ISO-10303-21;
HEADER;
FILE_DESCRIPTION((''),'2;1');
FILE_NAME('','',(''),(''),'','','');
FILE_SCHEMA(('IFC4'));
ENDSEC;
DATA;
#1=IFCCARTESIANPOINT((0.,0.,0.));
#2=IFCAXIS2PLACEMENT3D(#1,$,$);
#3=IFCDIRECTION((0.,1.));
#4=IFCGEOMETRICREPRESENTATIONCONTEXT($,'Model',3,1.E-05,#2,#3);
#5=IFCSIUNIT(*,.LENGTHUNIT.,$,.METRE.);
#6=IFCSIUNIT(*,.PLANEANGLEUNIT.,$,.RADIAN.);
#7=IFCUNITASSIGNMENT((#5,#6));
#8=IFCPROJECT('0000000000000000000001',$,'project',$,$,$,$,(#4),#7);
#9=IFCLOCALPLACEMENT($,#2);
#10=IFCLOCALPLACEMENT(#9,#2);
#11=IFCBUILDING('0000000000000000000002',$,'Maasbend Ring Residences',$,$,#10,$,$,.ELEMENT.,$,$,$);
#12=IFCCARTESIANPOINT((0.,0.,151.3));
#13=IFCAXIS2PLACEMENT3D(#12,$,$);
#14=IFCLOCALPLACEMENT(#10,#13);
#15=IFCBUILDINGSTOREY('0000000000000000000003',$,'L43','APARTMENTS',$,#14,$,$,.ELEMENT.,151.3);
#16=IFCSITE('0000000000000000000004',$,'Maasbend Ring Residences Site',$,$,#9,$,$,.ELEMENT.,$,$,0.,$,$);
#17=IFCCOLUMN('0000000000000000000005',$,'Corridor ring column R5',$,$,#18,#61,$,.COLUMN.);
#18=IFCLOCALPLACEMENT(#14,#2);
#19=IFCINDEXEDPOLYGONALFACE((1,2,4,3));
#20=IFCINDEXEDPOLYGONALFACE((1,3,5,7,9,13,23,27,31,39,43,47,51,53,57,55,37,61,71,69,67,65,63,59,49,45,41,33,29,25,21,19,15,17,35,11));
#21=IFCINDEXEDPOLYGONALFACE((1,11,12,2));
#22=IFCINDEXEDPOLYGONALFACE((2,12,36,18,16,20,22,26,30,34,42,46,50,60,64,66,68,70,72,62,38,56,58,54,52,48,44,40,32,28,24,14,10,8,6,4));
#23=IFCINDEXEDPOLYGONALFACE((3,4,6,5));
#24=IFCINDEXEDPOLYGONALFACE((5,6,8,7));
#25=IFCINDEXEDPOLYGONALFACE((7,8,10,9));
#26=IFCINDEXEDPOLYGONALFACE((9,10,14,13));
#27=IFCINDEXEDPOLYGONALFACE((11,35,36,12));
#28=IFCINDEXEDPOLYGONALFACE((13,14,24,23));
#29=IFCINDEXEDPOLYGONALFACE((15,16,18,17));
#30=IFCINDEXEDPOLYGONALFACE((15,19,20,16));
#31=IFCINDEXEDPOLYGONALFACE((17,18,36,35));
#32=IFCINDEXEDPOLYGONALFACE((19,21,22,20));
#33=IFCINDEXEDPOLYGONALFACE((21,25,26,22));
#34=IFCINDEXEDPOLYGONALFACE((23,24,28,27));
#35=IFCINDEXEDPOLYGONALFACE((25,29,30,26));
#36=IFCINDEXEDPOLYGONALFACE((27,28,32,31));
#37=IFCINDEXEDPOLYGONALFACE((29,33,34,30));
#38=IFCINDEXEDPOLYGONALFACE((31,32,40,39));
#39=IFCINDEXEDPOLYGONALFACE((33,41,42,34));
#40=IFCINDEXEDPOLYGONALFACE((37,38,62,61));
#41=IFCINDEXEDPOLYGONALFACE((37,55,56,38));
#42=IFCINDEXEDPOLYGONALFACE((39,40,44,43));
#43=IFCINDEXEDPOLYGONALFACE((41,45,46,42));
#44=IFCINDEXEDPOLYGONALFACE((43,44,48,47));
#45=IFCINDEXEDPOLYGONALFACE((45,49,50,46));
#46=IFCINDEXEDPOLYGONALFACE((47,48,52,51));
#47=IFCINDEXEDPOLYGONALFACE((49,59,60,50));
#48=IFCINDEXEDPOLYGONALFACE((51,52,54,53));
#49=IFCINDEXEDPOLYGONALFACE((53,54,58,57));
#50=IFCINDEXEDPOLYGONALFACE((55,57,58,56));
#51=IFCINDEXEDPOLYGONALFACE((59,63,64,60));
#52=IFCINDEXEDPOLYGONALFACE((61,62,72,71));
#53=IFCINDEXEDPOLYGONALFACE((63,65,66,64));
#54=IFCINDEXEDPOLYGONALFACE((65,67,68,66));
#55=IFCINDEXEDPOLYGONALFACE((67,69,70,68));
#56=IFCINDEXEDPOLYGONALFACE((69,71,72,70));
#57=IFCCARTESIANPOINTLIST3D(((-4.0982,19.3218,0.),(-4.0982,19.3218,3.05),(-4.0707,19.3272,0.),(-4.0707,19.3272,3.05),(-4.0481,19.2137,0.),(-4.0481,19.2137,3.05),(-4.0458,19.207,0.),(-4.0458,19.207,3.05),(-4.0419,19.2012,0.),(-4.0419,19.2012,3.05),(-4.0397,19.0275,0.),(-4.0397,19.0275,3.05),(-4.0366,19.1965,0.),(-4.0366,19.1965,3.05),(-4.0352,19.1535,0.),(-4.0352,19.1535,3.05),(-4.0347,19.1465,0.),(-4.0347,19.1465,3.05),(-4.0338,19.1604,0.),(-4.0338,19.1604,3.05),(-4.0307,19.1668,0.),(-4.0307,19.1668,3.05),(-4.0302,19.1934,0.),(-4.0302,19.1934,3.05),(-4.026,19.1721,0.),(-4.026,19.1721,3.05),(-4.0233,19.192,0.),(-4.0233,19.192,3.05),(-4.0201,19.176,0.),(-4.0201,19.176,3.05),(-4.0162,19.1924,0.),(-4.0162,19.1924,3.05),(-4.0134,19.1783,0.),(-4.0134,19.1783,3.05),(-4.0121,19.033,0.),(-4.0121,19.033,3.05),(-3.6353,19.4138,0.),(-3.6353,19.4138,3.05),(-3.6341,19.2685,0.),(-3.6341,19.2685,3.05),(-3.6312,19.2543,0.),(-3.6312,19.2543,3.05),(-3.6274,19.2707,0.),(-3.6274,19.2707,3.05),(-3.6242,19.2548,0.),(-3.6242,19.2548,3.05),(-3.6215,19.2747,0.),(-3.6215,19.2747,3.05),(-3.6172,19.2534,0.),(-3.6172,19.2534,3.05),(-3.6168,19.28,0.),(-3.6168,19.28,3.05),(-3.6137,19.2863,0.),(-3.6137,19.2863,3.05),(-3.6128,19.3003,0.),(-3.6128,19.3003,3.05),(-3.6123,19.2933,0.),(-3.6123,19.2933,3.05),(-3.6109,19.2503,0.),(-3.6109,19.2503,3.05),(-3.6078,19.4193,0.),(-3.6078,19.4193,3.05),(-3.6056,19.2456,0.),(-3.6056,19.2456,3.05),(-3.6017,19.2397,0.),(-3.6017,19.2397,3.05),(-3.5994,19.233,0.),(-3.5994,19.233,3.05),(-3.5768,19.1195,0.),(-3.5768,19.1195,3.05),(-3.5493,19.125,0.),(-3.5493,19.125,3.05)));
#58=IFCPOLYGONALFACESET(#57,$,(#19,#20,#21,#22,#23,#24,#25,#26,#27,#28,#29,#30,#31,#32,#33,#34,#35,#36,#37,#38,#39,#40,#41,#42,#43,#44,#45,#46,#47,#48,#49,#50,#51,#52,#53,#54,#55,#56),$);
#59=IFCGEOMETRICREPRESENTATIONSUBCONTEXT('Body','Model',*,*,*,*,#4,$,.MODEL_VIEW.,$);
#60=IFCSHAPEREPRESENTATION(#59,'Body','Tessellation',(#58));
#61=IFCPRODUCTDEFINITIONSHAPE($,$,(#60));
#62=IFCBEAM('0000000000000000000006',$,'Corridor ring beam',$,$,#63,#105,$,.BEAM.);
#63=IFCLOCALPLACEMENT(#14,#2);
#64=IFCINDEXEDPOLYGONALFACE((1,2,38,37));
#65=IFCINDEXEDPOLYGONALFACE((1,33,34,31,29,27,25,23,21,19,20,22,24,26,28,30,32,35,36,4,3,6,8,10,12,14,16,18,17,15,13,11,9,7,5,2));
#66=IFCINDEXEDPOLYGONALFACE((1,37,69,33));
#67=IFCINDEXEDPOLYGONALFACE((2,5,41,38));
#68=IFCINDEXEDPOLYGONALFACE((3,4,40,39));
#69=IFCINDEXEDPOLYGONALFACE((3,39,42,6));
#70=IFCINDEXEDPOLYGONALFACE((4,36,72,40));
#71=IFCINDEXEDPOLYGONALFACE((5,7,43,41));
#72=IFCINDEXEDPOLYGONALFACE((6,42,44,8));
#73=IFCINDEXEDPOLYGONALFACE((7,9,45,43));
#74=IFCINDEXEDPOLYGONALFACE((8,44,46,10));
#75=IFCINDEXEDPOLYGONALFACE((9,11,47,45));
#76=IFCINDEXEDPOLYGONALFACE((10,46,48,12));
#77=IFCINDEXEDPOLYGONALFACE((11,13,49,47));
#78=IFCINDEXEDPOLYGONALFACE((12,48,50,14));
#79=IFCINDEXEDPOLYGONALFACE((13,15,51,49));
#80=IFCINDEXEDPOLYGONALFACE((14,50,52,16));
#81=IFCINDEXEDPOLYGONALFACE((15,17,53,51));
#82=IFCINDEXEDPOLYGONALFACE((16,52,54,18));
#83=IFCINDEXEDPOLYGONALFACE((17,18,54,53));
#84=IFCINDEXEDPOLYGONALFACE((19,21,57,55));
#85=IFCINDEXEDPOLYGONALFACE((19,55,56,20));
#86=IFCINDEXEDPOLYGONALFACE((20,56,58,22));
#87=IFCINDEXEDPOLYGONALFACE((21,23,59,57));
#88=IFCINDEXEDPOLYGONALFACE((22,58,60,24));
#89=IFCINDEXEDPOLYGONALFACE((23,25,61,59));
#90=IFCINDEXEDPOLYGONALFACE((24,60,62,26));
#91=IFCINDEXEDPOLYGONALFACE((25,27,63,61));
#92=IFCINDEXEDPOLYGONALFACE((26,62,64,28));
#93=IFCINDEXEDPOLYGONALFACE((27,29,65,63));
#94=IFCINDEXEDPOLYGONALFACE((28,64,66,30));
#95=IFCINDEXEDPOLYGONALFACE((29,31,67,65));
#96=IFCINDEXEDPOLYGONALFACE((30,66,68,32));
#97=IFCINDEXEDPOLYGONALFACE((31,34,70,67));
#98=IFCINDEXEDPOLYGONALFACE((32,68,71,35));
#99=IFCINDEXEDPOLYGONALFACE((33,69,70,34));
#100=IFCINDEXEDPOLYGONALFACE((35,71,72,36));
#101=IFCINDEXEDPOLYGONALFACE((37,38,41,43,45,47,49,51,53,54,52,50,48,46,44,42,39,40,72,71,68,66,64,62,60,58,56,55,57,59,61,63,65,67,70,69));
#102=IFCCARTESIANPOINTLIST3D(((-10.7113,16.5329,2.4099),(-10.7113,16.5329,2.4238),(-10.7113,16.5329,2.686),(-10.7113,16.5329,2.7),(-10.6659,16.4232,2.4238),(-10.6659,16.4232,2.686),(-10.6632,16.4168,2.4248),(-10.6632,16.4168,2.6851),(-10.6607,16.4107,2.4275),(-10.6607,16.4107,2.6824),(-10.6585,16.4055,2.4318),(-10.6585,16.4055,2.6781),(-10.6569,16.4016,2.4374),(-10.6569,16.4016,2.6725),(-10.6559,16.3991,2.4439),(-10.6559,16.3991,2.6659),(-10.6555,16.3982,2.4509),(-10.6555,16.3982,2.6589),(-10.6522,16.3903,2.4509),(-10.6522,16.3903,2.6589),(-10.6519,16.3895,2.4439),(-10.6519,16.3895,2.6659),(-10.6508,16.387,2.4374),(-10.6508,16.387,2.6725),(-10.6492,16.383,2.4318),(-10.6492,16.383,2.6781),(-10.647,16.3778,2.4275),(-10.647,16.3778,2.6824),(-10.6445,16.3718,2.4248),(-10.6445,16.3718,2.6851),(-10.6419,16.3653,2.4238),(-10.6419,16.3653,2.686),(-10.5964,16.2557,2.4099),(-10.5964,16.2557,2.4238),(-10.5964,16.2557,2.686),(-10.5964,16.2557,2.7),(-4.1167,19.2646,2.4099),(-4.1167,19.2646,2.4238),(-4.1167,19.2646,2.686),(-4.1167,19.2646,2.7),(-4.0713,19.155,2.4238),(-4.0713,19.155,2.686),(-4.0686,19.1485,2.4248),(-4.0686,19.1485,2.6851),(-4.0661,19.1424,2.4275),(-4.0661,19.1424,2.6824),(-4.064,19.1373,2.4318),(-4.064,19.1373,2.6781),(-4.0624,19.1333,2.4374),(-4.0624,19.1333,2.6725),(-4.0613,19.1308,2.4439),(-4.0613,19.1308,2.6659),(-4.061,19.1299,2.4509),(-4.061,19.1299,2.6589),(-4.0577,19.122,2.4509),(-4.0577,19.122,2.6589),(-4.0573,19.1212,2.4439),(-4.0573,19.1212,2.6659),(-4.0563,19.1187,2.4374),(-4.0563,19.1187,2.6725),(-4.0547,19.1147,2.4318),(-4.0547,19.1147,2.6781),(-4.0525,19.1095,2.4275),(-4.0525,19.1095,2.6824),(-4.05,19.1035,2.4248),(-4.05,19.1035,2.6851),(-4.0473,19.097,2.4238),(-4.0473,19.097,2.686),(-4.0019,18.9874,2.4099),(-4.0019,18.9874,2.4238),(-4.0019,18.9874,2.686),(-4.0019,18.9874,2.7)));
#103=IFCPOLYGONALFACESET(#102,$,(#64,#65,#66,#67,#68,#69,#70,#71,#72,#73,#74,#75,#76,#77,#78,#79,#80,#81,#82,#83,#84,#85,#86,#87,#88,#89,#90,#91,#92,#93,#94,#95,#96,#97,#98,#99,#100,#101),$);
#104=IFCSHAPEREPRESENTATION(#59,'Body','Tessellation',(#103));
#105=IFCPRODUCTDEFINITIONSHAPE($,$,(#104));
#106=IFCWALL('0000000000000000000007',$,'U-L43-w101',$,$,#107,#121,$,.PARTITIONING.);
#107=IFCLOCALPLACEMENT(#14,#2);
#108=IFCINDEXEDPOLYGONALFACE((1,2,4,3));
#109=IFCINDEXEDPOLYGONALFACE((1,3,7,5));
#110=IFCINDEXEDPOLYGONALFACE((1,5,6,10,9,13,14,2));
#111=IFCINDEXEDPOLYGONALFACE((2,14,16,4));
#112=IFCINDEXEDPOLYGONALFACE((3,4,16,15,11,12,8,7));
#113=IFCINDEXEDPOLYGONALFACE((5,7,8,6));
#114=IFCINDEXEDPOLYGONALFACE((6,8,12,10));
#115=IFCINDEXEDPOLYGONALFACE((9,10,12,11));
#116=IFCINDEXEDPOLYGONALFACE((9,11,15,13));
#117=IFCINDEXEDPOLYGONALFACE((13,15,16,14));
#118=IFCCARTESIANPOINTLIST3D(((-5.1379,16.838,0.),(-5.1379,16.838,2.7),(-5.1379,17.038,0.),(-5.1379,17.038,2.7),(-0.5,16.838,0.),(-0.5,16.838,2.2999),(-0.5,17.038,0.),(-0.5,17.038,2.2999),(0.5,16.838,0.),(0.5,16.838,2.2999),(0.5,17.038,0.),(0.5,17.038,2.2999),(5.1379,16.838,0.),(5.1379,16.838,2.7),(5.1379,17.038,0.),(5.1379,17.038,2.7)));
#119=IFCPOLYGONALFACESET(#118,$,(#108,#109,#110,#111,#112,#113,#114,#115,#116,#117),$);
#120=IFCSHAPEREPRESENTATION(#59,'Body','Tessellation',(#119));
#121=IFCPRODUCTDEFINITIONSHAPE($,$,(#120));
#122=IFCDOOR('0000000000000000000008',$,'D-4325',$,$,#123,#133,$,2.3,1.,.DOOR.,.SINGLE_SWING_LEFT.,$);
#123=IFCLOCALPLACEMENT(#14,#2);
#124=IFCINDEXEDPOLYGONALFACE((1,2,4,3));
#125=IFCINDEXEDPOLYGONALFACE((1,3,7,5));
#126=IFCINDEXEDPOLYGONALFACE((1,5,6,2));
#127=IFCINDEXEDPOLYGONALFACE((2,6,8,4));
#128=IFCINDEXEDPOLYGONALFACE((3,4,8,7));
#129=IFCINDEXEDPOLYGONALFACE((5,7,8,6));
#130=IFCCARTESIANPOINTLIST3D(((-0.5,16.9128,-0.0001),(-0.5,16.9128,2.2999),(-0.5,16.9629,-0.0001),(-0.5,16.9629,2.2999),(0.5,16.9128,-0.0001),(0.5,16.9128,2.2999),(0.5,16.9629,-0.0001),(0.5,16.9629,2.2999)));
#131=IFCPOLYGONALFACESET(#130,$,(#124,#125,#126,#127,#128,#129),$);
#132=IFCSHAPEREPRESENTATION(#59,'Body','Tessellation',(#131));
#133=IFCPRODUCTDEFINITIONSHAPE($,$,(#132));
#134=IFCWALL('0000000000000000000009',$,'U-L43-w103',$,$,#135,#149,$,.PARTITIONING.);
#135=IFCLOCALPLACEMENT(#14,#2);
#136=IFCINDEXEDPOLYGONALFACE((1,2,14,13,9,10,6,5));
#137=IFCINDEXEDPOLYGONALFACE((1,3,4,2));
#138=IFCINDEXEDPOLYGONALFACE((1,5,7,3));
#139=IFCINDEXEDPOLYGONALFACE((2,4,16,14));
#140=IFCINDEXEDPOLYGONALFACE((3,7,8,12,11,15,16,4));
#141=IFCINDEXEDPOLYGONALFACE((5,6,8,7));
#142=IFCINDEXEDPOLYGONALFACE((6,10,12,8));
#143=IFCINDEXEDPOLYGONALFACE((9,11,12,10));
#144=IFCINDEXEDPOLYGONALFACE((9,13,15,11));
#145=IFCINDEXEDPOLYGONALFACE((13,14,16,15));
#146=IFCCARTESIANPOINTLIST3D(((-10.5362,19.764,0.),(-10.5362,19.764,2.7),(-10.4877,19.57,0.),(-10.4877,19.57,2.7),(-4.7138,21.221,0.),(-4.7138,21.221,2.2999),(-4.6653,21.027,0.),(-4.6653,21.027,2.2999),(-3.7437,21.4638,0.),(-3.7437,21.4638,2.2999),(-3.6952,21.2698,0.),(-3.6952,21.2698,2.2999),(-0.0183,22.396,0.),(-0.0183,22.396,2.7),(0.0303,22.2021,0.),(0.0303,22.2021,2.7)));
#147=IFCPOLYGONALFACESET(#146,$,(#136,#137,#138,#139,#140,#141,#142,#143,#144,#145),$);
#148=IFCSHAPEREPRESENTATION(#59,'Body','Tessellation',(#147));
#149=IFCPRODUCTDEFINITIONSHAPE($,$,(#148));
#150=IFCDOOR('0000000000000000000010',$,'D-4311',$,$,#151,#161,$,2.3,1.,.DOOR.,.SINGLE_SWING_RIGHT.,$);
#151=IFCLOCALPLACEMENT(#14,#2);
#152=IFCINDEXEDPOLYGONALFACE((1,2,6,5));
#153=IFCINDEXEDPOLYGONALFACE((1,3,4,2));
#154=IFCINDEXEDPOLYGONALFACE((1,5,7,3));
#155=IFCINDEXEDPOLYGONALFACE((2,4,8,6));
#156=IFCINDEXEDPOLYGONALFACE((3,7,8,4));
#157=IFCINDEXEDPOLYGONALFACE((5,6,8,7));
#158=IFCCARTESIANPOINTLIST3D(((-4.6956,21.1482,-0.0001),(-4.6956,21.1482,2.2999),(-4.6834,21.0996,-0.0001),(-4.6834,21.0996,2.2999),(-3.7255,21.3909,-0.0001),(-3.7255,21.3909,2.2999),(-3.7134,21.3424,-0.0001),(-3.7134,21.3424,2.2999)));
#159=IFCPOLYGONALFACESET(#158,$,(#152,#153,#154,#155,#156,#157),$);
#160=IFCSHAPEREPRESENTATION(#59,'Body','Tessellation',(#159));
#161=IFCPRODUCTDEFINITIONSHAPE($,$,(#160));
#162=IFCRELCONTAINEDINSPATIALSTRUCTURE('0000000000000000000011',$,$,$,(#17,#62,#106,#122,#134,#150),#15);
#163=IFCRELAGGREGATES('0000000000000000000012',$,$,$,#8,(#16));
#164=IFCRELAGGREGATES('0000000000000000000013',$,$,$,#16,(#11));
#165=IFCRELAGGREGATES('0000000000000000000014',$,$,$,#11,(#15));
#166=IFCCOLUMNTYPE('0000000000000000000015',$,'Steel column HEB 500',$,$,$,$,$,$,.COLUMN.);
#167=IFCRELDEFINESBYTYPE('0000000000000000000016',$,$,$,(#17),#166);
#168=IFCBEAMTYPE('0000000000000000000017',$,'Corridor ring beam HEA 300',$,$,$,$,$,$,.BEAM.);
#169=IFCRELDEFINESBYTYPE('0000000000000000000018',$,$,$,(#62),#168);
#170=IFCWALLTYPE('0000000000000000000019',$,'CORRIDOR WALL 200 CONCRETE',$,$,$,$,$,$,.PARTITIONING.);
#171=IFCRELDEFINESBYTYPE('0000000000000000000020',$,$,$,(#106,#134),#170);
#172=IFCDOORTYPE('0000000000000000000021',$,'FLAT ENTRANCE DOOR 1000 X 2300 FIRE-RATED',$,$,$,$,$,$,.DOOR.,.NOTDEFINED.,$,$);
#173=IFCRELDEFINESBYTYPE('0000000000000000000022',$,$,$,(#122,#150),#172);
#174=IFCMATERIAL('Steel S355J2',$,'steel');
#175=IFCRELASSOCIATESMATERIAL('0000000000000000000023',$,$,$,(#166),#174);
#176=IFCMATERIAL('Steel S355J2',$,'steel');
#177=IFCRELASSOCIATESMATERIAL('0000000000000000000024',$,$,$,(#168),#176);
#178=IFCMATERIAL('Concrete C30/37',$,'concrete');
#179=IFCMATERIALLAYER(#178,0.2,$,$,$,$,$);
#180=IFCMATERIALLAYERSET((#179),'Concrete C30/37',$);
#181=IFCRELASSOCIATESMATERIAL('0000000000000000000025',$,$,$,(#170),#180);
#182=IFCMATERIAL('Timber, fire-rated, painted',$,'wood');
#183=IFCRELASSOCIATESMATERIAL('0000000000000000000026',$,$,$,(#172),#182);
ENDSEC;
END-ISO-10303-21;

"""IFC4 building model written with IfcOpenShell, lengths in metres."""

from ifc_helpers import new_model, si_unit, direction, frame, frame_2d, origin, origin_2d, place, context, subcontext, project, spatial, rectangle, i_section, extrude, material, layer, layer_set, material_profile, profile_set, type_object, element, fill, save


model = new_model("IFC4")

# Units and contexts
model_context = context("Model", 3, precision=1e-05, world=origin(), true_north=direction((0.0, 1.0)))
body_context = subcontext(model_context, "Body", "Model", "MODEL_VIEW")
ifc_project = project(units=[si_unit("LENGTHUNIT", "METRE"), si_unit("PLANEANGLEUNIT", "RADIAN")], contexts=[model_context])

# Site, building, storey
site_placement = place(None, origin())
site = spatial("IfcSite", under=ifc_project, at=site_placement, Name="Maasbend Ring Residences Site", CompositionType="ELEMENT", RefElevation=0.0)
building_placement = place(site_placement, origin())
building = spatial("IfcBuilding", under=site, at=building_placement, Name="Maasbend Ring Residences", CompositionType="ELEMENT")
storey_placement = place(building_placement, frame((0.0, 0.0, 151.3)))
storey = spatial("IfcBuildingStorey", under=building, at=storey_placement, Name="L43", Description="APARTMENTS", CompositionType="ELEMENT", Elevation=151.3)

# Column
ifc_material_1 = material(Name="Steel S355J2", Category="steel")
ifc_material_profile_1 = material_profile(ifc_material_1, i_section(OverallWidth=0.3, OverallDepth=0.5, WebThickness=0.0144, FlangeThickness=0.0281, FilletRadius=0.0271, at=origin_2d()), Name="HEB 500")
ifc_profile_set_1 = profile_set([ifc_material_profile_1], Name="Steel S355J2")
column_type = type_object("IfcColumnType", Name="Steel column HEB 500", PredefinedType="COLUMN", material=ifc_profile_set_1)
column_placement = place(storey_placement, frame((-3.8237, 19.2234, 0.0), z_axis=(0.0, 0.0, 1.0), x_axis=(-0.19509, 0.980785, 0.0)))
element("IfcColumn", 1, at=column_placement, inside=storey, type_object=column_type, Name="Corridor ring column R5", PredefinedType="COLUMN", context=body_context, shape_type="SweptSolid", body=[
    extrude(i_section(OverallWidth=0.3, OverallDepth=0.5, WebThickness=0.0144, FlangeThickness=0.0281, FilletRadius=0.0271, at=origin_2d()), origin(), (0.0, 0.0, 1.0), 3.05),
])

# Beam
ifc_material_2 = material(Name="Steel S355J2", Category="steel")
ifc_material_profile_2 = material_profile(ifc_material_2, i_section(OverallWidth=0.3, OverallDepth=0.29, WebThickness=0.0085, FlangeThickness=0.0139, FilletRadius=0.0271, at=origin_2d()), Name="HEA 300")
ifc_profile_set_2 = profile_set([ifc_material_profile_2], Name="Steel S355J2")
beam_type = type_object("IfcBeamType", Name="Corridor ring beam HEA 300", PredefinedType="BEAM", material=ifc_profile_set_2)
beam_placement = place(storey_placement, frame((-4.0593, 19.126, 2.5549), z_axis=(-0.923871, -0.382703, 0.0), x_axis=(0.382703, -0.923871, 0.0)))
element("IfcBeam", 2, at=beam_placement, inside=storey, type_object=beam_type, Name="Corridor ring beam", PredefinedType="BEAM", context=body_context, shape_type="SweptSolid", body=[
    extrude(i_section(OverallWidth=0.3, OverallDepth=0.29, WebThickness=0.0085, FlangeThickness=0.0139, FilletRadius=0.0271, at=origin_2d()), origin(), (0.0, 0.0, 1.0), 7.1379),
])

# Walls, openings, doors
ifc_material_3 = material(Name="Concrete C30/37", Category="concrete")
ifc_layer_1 = layer(ifc_material_3, 0.2)
ifc_layer_set_1 = layer_set([ifc_layer_1], Name="Concrete C30/37")
wall_type_1 = type_object("IfcWallType", Name="CORRIDOR WALL 200 CONCRETE", PredefinedType="PARTITIONING", material=ifc_layer_set_1)
wall_1_placement = place(storey_placement, frame((-5.1379, 16.938, 0.0), z_axis=(0.0, 0.0, 1.0), x_axis=(1.0, 0.0, 0.0)))
wall_1 = element("IfcWall", 3, at=wall_1_placement, inside=storey, type_object=wall_type_1, Name="U-L43-w101", PredefinedType="PARTITIONING", context=body_context, shape_type="SweptSolid", body=[
    extrude(rectangle(XDim=10.2759, YDim=0.2, at=frame_2d((5.1379, 0.0))), origin(), (0.0, 0.0, 1.0), 2.7),
])
opening_1_placement = place(wall_1_placement, frame((4.6379, 0.0, 0.0)))
opening_1 = element("IfcOpeningElement", 4, at=opening_1_placement, cuts=wall_1, PredefinedType="OPENING", context=body_context, shape_type="SweptSolid", body=[
    extrude(rectangle(XDim=1.0, YDim=2.3, at=frame_2d((0.5, 1.1499))), frame((0.0, 0.1099, 0.0), z_axis=(0.0, -1.0, 0.0), x_axis=(1.0, 0.0, 0.0)), (0.0, 0.0, 1.0), 0.22),
])
ifc_material_4 = material(Name="Timber, fire-rated, painted", Category="wood")
door_type_1 = type_object("IfcDoorType", Name="FLAT ENTRANCE DOOR 1000 X 2300 FIRE-RATED", OperationType="NOTDEFINED", PredefinedType="DOOR", material=ifc_material_4)
door_1_placement = place(opening_1_placement, origin())
door_1 = element("IfcDoor", 5, at=door_1_placement, inside=storey, type_object=door_type_1, Name="D-4325", OperationType="SINGLE_SWING_LEFT", OverallHeight=2.3, OverallWidth=1.0, PredefinedType="DOOR", context=body_context, shape_type="SweptSolid", body=[
    extrude(rectangle(XDim=1.0, YDim=2.3, at=frame_2d((0.5, 1.1499))), frame((0.0, 0.0249, 0.0), z_axis=(0.0, -1.0, 0.0), x_axis=(1.0, 0.0, 0.0)), (0.0, 0.0, 1.0), 0.05),
])
fill(opening_1, door_1)
wall_2_placement = place(storey_placement, frame((-10.512, 19.667, 0.0), z_axis=(0.0, 0.0, 1.0), x_axis=(0.970087, 0.242758, 0.0)))
wall_2 = element("IfcWall", 6, at=wall_2_placement, inside=storey, type_object=wall_type_1, Name="U-L43-w103", PredefinedType="PARTITIONING", context=body_context, shape_type="SweptSolid", body=[
    extrude(rectangle(XDim=10.8423, YDim=0.2, at=frame_2d((5.4211, 0.0))), origin(), (0.0, 0.0, 1.0), 2.7),
])
opening_2_placement = place(wall_2_placement, frame((6.002, 0.0, 0.0)))
opening_2 = element("IfcOpeningElement", 7, at=opening_2_placement, cuts=wall_2, PredefinedType="OPENING", context=body_context, shape_type="SweptSolid", body=[
    extrude(rectangle(XDim=1.0, YDim=2.3, at=frame_2d((0.5, 1.1499))), frame((0.0, 0.1099, 0.0), z_axis=(0.0, -1.0, 0.0), x_axis=(1.0, 0.0, 0.0)), (0.0, 0.0, 1.0), 0.22),
])
door_2_placement = place(opening_2_placement, origin())
door_2 = element("IfcDoor", 8, at=door_2_placement, inside=storey, type_object=door_type_1, Name="D-4311", OperationType="SINGLE_SWING_RIGHT", OverallHeight=2.3, OverallWidth=1.0, PredefinedType="DOOR", context=body_context, shape_type="SweptSolid", body=[
    extrude(rectangle(XDim=1.0, YDim=2.3, at=frame_2d((0.5, 1.1499))), frame((0.0, 0.0249, 0.0), z_axis=(0.0, -1.0, 0.0), x_axis=(1.0, 0.0, 0.0)), (0.0, 0.0, 1.0), 0.05),
])
fill(opening_2, door_2)

save(model, "model.ifc")
